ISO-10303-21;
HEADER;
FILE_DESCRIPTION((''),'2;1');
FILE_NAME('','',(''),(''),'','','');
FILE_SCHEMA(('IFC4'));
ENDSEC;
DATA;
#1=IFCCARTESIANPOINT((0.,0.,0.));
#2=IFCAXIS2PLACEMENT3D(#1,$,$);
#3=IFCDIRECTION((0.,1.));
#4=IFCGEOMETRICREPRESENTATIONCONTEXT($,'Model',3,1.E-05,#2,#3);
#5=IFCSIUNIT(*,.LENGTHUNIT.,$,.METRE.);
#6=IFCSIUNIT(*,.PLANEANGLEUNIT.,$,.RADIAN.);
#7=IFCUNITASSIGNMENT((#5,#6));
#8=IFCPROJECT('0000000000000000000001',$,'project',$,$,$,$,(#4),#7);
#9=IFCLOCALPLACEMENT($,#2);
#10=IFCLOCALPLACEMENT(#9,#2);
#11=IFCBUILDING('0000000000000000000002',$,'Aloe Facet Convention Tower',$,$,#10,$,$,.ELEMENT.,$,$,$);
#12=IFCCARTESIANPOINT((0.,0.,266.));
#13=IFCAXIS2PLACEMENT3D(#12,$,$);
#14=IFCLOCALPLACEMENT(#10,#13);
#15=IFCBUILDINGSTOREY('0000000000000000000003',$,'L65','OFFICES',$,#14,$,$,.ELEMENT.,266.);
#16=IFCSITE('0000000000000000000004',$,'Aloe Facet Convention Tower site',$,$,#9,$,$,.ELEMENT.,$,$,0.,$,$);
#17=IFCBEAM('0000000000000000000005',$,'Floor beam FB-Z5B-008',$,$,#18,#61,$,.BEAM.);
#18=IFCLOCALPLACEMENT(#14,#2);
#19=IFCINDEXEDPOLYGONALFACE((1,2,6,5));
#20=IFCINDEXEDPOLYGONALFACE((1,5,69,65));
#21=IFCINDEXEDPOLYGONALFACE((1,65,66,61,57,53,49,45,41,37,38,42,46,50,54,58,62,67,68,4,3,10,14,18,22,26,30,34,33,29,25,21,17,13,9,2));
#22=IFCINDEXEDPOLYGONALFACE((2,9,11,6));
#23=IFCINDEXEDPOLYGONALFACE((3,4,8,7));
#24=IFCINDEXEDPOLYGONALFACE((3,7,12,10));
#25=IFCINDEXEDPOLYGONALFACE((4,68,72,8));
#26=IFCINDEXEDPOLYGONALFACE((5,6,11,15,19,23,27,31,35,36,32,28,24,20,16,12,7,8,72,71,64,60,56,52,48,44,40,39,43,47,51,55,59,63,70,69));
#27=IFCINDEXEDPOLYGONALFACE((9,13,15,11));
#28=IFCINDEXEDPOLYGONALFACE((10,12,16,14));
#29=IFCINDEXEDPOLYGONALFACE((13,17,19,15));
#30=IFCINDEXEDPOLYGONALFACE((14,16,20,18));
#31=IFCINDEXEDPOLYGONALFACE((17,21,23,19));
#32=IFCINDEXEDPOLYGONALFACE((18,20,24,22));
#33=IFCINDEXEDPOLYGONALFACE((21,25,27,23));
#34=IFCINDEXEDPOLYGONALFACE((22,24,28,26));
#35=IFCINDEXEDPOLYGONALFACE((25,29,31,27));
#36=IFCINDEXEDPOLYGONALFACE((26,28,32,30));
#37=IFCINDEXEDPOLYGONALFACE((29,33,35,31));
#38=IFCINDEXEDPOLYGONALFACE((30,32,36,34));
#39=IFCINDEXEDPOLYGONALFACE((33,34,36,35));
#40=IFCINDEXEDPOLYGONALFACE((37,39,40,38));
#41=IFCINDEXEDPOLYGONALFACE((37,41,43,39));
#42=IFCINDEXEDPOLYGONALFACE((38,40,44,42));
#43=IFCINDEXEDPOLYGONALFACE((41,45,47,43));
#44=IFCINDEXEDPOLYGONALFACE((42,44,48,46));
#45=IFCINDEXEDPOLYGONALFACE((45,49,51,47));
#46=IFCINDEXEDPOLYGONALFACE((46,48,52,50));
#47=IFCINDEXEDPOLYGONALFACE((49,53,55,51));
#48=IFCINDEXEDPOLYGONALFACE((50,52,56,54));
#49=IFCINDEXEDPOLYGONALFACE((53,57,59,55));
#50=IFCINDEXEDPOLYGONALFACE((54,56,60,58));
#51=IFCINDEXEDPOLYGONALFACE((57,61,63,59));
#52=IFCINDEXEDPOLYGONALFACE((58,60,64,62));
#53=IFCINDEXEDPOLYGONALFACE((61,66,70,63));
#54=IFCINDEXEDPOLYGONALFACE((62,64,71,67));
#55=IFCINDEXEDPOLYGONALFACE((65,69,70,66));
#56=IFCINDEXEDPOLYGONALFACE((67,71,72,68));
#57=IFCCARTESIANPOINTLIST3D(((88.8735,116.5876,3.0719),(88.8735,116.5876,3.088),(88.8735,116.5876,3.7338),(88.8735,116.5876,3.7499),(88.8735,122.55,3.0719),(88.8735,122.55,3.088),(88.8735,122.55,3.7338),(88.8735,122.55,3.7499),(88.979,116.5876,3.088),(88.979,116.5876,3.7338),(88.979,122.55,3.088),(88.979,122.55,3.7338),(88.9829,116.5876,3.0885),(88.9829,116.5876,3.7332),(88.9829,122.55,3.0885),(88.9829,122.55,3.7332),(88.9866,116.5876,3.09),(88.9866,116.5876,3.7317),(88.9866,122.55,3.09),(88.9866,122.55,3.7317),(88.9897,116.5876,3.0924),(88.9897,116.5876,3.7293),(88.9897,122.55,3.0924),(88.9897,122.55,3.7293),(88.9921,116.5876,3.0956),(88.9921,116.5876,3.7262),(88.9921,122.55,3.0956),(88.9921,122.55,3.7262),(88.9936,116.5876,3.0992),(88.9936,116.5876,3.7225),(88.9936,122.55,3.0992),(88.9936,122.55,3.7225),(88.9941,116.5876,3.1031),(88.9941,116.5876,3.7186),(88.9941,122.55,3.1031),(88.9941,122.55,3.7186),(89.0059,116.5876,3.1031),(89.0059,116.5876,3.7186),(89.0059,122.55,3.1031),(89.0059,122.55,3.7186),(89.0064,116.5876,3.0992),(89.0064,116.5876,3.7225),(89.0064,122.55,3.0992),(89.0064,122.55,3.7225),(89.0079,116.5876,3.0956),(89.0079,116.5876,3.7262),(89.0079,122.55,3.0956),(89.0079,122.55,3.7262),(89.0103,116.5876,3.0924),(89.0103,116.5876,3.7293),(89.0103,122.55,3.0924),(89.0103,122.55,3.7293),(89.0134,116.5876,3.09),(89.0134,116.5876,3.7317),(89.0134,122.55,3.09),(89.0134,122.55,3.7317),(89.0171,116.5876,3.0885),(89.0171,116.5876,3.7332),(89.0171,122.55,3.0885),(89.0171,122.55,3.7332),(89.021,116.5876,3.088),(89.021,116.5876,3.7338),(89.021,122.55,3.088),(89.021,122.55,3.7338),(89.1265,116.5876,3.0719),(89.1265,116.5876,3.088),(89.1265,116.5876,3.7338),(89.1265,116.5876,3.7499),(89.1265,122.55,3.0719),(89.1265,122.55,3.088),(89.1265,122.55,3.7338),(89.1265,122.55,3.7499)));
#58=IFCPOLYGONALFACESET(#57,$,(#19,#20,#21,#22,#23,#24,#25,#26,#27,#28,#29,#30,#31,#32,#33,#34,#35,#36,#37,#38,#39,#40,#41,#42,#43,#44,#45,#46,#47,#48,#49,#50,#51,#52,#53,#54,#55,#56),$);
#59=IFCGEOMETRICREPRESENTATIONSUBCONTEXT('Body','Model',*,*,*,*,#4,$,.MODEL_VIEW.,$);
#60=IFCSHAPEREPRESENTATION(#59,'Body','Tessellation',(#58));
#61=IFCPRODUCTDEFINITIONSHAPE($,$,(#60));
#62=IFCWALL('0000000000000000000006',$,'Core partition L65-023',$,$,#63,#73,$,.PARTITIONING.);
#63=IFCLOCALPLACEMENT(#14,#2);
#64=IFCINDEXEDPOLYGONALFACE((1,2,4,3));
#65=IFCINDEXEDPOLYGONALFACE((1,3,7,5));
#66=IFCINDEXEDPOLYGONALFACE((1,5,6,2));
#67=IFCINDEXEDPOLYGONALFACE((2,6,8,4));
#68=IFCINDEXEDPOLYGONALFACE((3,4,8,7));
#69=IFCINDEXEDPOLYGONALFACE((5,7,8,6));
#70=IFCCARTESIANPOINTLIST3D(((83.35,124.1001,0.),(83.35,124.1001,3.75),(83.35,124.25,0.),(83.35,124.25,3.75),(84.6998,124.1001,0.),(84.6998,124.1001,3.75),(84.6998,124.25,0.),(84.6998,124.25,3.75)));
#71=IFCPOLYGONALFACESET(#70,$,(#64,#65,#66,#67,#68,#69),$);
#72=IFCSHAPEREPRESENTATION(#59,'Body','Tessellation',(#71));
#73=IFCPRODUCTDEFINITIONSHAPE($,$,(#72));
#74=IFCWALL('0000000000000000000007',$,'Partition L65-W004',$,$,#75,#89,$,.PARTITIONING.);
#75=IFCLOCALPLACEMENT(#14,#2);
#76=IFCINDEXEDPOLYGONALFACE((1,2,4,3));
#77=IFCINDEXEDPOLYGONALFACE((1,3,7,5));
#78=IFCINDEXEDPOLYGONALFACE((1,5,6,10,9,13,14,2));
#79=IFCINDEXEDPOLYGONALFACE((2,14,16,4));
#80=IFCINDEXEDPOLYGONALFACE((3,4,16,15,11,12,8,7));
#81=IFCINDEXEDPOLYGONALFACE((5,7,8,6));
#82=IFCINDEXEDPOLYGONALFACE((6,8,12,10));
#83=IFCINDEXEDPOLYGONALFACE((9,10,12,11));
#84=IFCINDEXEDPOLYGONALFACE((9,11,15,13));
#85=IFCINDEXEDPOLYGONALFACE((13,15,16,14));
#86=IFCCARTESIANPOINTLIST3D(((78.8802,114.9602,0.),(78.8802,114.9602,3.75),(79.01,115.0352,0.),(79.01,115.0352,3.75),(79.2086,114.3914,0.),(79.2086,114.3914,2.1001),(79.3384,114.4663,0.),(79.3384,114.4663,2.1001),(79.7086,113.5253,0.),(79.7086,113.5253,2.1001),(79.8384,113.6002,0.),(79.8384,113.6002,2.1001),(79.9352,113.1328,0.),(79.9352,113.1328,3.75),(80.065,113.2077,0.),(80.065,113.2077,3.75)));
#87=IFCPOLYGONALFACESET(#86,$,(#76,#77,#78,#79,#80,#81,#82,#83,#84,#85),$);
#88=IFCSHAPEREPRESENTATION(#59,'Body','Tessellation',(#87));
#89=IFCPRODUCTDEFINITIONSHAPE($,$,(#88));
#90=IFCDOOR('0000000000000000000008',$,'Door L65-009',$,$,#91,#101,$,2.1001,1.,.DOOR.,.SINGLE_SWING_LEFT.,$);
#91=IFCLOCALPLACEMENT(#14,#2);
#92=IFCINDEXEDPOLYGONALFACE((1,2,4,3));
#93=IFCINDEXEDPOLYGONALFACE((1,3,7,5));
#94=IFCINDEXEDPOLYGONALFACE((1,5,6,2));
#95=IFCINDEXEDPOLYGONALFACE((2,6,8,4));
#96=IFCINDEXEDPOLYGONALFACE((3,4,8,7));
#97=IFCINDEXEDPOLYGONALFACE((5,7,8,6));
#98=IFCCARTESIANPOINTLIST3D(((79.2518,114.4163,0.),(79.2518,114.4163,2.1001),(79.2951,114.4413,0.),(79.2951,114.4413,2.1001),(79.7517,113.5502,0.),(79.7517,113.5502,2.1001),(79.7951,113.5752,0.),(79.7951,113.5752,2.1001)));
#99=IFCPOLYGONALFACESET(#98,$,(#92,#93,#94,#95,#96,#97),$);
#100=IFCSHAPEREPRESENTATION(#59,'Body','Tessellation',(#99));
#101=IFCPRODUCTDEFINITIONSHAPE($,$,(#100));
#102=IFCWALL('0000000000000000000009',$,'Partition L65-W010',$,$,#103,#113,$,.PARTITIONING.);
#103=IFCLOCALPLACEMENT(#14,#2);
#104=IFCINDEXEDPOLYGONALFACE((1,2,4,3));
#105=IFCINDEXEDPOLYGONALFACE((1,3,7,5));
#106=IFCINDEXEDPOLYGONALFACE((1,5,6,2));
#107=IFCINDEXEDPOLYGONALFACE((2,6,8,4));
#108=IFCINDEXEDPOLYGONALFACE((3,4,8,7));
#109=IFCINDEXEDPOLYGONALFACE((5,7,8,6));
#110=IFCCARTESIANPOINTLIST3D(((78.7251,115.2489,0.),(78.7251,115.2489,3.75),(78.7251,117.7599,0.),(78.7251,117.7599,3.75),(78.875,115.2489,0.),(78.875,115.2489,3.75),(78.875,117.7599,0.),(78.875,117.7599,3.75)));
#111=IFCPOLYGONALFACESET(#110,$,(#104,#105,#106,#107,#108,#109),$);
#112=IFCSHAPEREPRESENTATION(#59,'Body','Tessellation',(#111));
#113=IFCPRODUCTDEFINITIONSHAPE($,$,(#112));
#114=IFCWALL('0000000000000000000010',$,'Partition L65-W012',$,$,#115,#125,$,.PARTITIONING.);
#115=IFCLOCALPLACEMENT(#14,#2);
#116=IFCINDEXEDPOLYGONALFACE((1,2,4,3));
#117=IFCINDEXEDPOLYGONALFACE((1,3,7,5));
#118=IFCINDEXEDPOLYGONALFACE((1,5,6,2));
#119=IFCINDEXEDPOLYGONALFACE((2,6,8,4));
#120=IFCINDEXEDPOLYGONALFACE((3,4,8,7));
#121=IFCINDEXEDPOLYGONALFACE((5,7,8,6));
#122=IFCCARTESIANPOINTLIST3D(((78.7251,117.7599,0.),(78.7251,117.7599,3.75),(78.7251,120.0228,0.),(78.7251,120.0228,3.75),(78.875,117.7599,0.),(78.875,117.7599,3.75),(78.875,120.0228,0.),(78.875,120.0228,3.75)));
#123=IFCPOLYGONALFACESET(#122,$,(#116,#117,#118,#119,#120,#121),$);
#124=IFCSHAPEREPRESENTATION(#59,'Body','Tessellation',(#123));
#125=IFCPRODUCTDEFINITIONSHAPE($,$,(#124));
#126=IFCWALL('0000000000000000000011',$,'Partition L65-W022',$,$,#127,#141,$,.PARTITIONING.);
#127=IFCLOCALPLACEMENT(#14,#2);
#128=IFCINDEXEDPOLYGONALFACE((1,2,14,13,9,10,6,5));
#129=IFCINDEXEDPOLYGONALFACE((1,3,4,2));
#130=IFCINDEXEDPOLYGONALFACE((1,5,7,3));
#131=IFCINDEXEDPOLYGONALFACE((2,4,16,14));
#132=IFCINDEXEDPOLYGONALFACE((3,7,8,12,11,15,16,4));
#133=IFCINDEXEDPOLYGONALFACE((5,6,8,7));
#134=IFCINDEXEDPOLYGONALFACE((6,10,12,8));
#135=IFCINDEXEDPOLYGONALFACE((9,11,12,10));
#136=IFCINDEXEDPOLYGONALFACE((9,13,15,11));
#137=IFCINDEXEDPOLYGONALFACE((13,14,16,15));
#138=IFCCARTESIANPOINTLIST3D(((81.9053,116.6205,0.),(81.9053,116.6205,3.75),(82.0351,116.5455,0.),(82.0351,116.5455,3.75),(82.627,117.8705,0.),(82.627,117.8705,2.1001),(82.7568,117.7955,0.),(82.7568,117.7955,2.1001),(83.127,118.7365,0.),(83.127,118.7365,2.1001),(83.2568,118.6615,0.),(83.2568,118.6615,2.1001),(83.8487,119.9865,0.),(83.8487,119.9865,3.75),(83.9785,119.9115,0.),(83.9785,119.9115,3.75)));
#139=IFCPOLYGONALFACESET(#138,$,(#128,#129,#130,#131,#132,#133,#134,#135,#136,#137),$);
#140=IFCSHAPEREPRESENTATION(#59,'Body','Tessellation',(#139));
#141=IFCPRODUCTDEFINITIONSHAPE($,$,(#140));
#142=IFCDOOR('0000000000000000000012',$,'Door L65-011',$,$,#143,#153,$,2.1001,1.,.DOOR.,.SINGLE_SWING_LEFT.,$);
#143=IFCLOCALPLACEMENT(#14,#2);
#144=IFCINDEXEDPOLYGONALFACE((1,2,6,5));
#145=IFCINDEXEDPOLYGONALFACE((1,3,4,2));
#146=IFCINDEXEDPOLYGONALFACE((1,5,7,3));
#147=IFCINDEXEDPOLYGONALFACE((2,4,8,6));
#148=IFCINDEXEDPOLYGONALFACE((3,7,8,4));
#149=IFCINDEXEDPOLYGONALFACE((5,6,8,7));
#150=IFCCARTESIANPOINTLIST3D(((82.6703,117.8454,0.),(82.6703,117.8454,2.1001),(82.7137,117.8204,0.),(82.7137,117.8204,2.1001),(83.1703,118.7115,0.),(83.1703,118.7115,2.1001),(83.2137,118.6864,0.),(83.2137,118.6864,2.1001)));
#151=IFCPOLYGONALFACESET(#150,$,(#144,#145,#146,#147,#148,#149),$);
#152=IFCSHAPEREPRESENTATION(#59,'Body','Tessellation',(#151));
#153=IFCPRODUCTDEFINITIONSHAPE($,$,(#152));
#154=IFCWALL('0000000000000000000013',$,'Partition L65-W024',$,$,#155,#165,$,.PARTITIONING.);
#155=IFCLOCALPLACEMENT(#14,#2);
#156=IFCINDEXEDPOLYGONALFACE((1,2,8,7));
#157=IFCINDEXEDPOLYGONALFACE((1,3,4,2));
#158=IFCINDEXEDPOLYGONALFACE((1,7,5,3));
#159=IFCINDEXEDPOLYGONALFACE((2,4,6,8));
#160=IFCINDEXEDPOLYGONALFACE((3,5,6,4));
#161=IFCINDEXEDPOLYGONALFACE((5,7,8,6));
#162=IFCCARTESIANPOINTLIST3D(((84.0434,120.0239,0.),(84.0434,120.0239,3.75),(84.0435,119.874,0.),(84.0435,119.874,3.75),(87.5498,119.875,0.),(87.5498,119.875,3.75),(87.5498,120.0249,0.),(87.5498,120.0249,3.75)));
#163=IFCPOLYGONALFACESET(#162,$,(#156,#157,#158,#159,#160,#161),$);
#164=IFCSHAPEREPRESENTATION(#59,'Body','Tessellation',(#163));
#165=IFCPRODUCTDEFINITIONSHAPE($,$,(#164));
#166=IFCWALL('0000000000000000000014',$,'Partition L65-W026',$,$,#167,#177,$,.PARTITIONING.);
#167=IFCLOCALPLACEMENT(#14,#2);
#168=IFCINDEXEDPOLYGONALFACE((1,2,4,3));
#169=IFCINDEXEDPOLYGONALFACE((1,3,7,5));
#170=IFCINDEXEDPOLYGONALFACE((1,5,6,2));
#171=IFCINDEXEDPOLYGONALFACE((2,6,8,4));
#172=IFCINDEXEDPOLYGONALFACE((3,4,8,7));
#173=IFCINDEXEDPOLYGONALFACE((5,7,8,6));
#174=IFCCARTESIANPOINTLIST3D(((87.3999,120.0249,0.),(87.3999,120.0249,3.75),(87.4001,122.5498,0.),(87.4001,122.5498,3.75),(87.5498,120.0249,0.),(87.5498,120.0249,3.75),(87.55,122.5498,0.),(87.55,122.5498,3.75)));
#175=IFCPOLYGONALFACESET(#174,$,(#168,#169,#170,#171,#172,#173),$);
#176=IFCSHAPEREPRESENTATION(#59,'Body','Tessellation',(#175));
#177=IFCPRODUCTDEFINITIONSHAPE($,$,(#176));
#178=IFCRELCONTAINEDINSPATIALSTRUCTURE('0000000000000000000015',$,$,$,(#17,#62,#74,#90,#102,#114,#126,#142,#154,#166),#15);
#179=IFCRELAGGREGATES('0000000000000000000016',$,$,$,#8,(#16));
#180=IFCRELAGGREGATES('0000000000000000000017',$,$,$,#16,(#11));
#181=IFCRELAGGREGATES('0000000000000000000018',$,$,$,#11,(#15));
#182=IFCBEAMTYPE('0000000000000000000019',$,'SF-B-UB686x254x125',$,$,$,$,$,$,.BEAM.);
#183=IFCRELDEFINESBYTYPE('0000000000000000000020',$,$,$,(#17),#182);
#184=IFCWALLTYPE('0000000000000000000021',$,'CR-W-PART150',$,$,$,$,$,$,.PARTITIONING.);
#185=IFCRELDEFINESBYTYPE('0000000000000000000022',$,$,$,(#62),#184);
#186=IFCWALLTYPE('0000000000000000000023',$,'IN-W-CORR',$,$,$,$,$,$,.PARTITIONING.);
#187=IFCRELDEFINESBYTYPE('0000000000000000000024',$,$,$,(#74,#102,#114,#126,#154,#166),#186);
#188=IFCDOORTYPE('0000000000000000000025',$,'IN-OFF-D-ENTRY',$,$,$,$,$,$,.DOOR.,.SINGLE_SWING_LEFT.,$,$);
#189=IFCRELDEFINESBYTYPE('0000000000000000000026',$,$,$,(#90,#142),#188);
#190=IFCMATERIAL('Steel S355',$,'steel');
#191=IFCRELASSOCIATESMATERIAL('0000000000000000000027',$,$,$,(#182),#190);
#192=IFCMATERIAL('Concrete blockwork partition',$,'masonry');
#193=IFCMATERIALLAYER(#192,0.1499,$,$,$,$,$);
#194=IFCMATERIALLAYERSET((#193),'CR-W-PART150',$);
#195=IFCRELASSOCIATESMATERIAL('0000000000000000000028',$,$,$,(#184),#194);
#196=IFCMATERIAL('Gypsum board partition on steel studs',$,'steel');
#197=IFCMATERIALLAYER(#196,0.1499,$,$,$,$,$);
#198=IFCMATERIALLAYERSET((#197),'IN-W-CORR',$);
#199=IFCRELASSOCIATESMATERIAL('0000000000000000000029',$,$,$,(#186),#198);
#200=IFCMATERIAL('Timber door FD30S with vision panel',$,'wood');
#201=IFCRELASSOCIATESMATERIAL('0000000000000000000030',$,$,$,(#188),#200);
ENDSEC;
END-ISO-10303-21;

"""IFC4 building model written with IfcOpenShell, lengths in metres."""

from ifc_helpers import new_model, si_unit, direction, frame, frame_2d, origin, origin_2d, place, context, subcontext, project, spatial, rectangle, i_section, extrude, material, layer, layer_set, material_profile, profile_set, type_object, element, fill, save


model = new_model("IFC4")

# Units and contexts
model_context = context("Model", 3, precision=1e-05, world=origin(), true_north=direction((0.0, 1.0)))
body_context = subcontext(model_context, "Body", "Model", "MODEL_VIEW")
ifc_project = project(units=[si_unit("LENGTHUNIT", "METRE"), si_unit("PLANEANGLEUNIT", "RADIAN")], contexts=[model_context])

# Site, building, storey
site_placement = place(None, origin())
site = spatial("IfcSite", under=ifc_project, at=site_placement, Name="Aloe Facet Convention Tower site", CompositionType="ELEMENT", RefElevation=0.0)
building_placement = place(site_placement, origin())
building = spatial("IfcBuilding", under=site, at=building_placement, Name="Aloe Facet Convention Tower", CompositionType="ELEMENT")
storey_placement = place(building_placement, frame((0.0, 0.0, 266.0)))
storey = spatial("IfcBuildingStorey", under=building, at=storey_placement, Name="L65", Description="OFFICES", CompositionType="ELEMENT", Elevation=266.0)

# Beam
ifc_material_1 = material(Name="Steel S355", Category="steel")
ifc_material_profile_1 = material_profile(ifc_material_1, i_section(OverallWidth=0.2529, OverallDepth=0.678, WebThickness=0.0117, FlangeThickness=0.0161, FilletRadius=0.0151, at=origin_2d()), Name="UB 686x254x125")
ifc_profile_set_1 = profile_set([ifc_material_profile_1], Name="Steel S355")
beam_type_1 = type_object("IfcBeamType", Name="SF-B-UB686x254x125", PredefinedType="BEAM", material=ifc_profile_set_1)
beam_1_placement = place(storey_placement, frame((89.0, 122.55, 3.4109), z_axis=(0.0, -1.0, 0.0), x_axis=(1.0, 0.0, 0.0)))
element("IfcBeam", 1, at=beam_1_placement, inside=storey, type_object=beam_type_1, Name="Floor beam FB-Z5B-008", PredefinedType="BEAM", context=body_context, shape_type="SweptSolid", body=[
    extrude(i_section(OverallWidth=0.2529, OverallDepth=0.678, WebThickness=0.0117, FlangeThickness=0.0161, FilletRadius=0.0151, at=origin_2d()), origin(), (0.0, 0.0, 1.0), 5.9624),
])

# Wall
ifc_material_2 = material(Name="Concrete blockwork partition", Category="masonry")
ifc_layer_1 = layer(ifc_material_2, 0.1499)
ifc_layer_set_1 = layer_set([ifc_layer_1], Name="CR-W-PART150")
wall_type_1 = type_object("IfcWallType", Name="CR-W-PART150", PredefinedType="PARTITIONING", material=ifc_layer_set_1)
wall_1_placement = place(storey_placement, frame((83.3501, 124.175, 0.0), z_axis=(0.0, 0.0, 1.0), x_axis=(1.0, 0.0, 0.0)))
element("IfcWall", 2, at=wall_1_placement, inside=storey, type_object=wall_type_1, Name="Core partition L65-023", PredefinedType="PARTITIONING", context=body_context, shape_type="SweptSolid", body=[
    extrude(rectangle(XDim=1.3499, YDim=0.1499, at=frame_2d((0.6748, 0.0))), origin(), (0.0, 0.0, 1.0), 3.75),
])

# Wall, opening, door
ifc_material_3 = material(Name="Gypsum board partition on steel studs", Category="steel")
ifc_layer_2 = layer(ifc_material_3, 0.1499)
ifc_layer_set_2 = layer_set([ifc_layer_2], Name="IN-W-CORR")
wall_type_2 = type_object("IfcWallType", Name="IN-W-CORR", PredefinedType="PARTITIONING", material=ifc_layer_set_2)
wall_2_placement = place(storey_placement, frame((78.9451, 114.9978, 0.0), z_axis=(0.0, 0.0, 1.0), x_axis=(0.499959, -0.866049, 0.0)))
wall_2 = element("IfcWall", 3, at=wall_2_placement, inside=storey, type_object=wall_type_2, Name="Partition L65-W004", PredefinedType="PARTITIONING", context=body_context, shape_type="SweptSolid", body=[
    extrude(rectangle(XDim=2.1101, YDim=0.1499, at=frame_2d((1.0552, 0.0))), origin(), (0.0, 0.0, 1.0), 3.75),
])
opening_1_placement = place(wall_2_placement, frame((0.657, 0.0, 0.0)))
opening_1 = element("IfcOpeningElement", 4, at=opening_1_placement, cuts=wall_2, PredefinedType="OPENING", context=body_context, shape_type="SweptSolid", body=[
    extrude(rectangle(XDim=1.0, YDim=2.1001, at=frame_2d((0.5, 1.05))), frame((0.0, 0.085, 0.0), z_axis=(0.0, -1.0, 0.0), x_axis=(1.0, 0.0, 0.0)), (0.0, 0.0, 1.0), 0.1699),
])
ifc_material_4 = material(Name="Timber door FD30S with vision panel", Category="wood")
door_type_1 = type_object("IfcDoorType", Name="IN-OFF-D-ENTRY", OperationType="SINGLE_SWING_LEFT", PredefinedType="DOOR", material=ifc_material_4)
door_1_placement = place(opening_1_placement, origin())
door_1 = element("IfcDoor", 5, at=door_1_placement, inside=storey, type_object=door_type_1, Name="Door L65-009", OperationType="SINGLE_SWING_LEFT", OverallHeight=2.1001, OverallWidth=1.0, PredefinedType="DOOR", context=body_context, shape_type="SweptSolid", body=[
    extrude(rectangle(XDim=1.0, YDim=2.1001, at=frame_2d((0.5, 1.05))), frame((0.0, 0.0249, 0.0), z_axis=(0.0, -1.0, 0.0), x_axis=(1.0, 0.0, 0.0)), (0.0, 0.0, 1.0), 0.05),
])
fill(opening_1, door_1)

# Walls
wall_3_placement = place(storey_placement, frame((78.8, 115.249, 0.0), z_axis=(0.0, 0.0, 1.0), x_axis=(0.0, 1.0, 0.0)))
element("IfcWall", 6, at=wall_3_placement, inside=storey, type_object=wall_type_2, Name="Partition L65-W010", PredefinedType="PARTITIONING", context=body_context, shape_type="SweptSolid", body=[
    extrude(rectangle(XDim=2.511, YDim=0.1499, at=frame_2d((1.2554, 0.0))), origin(), (0.0, 0.0, 1.0), 3.75),
])
wall_4_placement = place(storey_placement, frame((78.8, 117.76, 0.0), z_axis=(0.0, 0.0, 1.0), x_axis=(0.0, 1.0, 0.0)))
element("IfcWall", 7, at=wall_4_placement, inside=storey, type_object=wall_type_2, Name="Partition L65-W012", PredefinedType="PARTITIONING", context=body_context, shape_type="SweptSolid", body=[
    extrude(rectangle(XDim=2.2629, YDim=0.1499, at=frame_2d((1.1313, 0.0))), origin(), (0.0, 0.0, 1.0), 3.75),
])

# Wall, opening, door
wall_5_placement = place(storey_placement, frame((81.9702, 116.583, 0.0), z_axis=(0.0, 0.0, 1.0), x_axis=(0.500003, 0.866023, 0.0)))
wall_5 = element("IfcWall", 8, at=wall_5_placement, inside=storey, type_object=wall_type_2, Name="Partition L65-W022", PredefinedType="PARTITIONING", context=body_context, shape_type="SweptSolid", body=[
    extrude(rectangle(XDim=3.8867, YDim=0.1499, at=frame_2d((1.9434, 0.0))), origin(), (0.0, 0.0, 1.0), 3.75),
])
opening_2_placement = place(wall_5_placement, frame((1.4434, 0.0, 0.0)))
opening_2 = element("IfcOpeningElement", 9, at=opening_2_placement, cuts=wall_5, PredefinedType="OPENING", context=body_context, shape_type="SweptSolid", body=[
    extrude(rectangle(XDim=1.0, YDim=2.1001, at=frame_2d((0.5, 1.05))), frame((0.0, 0.085, 0.0), z_axis=(0.0, -1.0, 0.0), x_axis=(1.0, 0.0, 0.0)), (0.0, 0.0, 1.0), 0.1699),
])
door_2_placement = place(opening_2_placement, origin())
door_2 = element("IfcDoor", 10, at=door_2_placement, inside=storey, type_object=door_type_1, Name="Door L65-011", OperationType="SINGLE_SWING_LEFT", OverallHeight=2.1001, OverallWidth=1.0, PredefinedType="DOOR", context=body_context, shape_type="SweptSolid", body=[
    extrude(rectangle(XDim=1.0, YDim=2.1001, at=frame_2d((0.5, 1.05))), frame((0.0, 0.0249, 0.0), z_axis=(0.0, -1.0, 0.0), x_axis=(1.0, 0.0, 0.0)), (0.0, 0.0, 1.0), 0.05),
])
fill(opening_2, door_2)

# Walls
wall_6_placement = place(storey_placement, frame((84.0435, 119.949, 0.0), z_axis=(0.0, 0.0, 1.0), x_axis=(1.0, 0.000279, 0.0)))
element("IfcWall", 11, at=wall_6_placement, inside=storey, type_object=wall_type_2, Name="Partition L65-W024", PredefinedType="PARTITIONING", context=body_context, shape_type="SweptSolid", body=[
    extrude(rectangle(XDim=3.5063, YDim=0.1499, at=frame_2d((1.7532, 0.0))), origin(), (0.0, 0.0, 1.0), 3.75),
])
wall_7_placement = place(storey_placement, frame((87.4749, 120.0249, 0.0), z_axis=(0.0, 0.0, 1.0), x_axis=(0.000097, 1.0, 0.0)))
element("IfcWall", 12, at=wall_7_placement, inside=storey, type_object=wall_type_2, Name="Partition L65-W026", PredefinedType="PARTITIONING", context=body_context, shape_type="SweptSolid", body=[
    extrude(rectangle(XDim=2.5249, YDim=0.1499, at=frame_2d((1.2625, 0.0))), origin(), (0.0, 0.0, 1.0), 3.75),
])

save(model, "model.ifc")
